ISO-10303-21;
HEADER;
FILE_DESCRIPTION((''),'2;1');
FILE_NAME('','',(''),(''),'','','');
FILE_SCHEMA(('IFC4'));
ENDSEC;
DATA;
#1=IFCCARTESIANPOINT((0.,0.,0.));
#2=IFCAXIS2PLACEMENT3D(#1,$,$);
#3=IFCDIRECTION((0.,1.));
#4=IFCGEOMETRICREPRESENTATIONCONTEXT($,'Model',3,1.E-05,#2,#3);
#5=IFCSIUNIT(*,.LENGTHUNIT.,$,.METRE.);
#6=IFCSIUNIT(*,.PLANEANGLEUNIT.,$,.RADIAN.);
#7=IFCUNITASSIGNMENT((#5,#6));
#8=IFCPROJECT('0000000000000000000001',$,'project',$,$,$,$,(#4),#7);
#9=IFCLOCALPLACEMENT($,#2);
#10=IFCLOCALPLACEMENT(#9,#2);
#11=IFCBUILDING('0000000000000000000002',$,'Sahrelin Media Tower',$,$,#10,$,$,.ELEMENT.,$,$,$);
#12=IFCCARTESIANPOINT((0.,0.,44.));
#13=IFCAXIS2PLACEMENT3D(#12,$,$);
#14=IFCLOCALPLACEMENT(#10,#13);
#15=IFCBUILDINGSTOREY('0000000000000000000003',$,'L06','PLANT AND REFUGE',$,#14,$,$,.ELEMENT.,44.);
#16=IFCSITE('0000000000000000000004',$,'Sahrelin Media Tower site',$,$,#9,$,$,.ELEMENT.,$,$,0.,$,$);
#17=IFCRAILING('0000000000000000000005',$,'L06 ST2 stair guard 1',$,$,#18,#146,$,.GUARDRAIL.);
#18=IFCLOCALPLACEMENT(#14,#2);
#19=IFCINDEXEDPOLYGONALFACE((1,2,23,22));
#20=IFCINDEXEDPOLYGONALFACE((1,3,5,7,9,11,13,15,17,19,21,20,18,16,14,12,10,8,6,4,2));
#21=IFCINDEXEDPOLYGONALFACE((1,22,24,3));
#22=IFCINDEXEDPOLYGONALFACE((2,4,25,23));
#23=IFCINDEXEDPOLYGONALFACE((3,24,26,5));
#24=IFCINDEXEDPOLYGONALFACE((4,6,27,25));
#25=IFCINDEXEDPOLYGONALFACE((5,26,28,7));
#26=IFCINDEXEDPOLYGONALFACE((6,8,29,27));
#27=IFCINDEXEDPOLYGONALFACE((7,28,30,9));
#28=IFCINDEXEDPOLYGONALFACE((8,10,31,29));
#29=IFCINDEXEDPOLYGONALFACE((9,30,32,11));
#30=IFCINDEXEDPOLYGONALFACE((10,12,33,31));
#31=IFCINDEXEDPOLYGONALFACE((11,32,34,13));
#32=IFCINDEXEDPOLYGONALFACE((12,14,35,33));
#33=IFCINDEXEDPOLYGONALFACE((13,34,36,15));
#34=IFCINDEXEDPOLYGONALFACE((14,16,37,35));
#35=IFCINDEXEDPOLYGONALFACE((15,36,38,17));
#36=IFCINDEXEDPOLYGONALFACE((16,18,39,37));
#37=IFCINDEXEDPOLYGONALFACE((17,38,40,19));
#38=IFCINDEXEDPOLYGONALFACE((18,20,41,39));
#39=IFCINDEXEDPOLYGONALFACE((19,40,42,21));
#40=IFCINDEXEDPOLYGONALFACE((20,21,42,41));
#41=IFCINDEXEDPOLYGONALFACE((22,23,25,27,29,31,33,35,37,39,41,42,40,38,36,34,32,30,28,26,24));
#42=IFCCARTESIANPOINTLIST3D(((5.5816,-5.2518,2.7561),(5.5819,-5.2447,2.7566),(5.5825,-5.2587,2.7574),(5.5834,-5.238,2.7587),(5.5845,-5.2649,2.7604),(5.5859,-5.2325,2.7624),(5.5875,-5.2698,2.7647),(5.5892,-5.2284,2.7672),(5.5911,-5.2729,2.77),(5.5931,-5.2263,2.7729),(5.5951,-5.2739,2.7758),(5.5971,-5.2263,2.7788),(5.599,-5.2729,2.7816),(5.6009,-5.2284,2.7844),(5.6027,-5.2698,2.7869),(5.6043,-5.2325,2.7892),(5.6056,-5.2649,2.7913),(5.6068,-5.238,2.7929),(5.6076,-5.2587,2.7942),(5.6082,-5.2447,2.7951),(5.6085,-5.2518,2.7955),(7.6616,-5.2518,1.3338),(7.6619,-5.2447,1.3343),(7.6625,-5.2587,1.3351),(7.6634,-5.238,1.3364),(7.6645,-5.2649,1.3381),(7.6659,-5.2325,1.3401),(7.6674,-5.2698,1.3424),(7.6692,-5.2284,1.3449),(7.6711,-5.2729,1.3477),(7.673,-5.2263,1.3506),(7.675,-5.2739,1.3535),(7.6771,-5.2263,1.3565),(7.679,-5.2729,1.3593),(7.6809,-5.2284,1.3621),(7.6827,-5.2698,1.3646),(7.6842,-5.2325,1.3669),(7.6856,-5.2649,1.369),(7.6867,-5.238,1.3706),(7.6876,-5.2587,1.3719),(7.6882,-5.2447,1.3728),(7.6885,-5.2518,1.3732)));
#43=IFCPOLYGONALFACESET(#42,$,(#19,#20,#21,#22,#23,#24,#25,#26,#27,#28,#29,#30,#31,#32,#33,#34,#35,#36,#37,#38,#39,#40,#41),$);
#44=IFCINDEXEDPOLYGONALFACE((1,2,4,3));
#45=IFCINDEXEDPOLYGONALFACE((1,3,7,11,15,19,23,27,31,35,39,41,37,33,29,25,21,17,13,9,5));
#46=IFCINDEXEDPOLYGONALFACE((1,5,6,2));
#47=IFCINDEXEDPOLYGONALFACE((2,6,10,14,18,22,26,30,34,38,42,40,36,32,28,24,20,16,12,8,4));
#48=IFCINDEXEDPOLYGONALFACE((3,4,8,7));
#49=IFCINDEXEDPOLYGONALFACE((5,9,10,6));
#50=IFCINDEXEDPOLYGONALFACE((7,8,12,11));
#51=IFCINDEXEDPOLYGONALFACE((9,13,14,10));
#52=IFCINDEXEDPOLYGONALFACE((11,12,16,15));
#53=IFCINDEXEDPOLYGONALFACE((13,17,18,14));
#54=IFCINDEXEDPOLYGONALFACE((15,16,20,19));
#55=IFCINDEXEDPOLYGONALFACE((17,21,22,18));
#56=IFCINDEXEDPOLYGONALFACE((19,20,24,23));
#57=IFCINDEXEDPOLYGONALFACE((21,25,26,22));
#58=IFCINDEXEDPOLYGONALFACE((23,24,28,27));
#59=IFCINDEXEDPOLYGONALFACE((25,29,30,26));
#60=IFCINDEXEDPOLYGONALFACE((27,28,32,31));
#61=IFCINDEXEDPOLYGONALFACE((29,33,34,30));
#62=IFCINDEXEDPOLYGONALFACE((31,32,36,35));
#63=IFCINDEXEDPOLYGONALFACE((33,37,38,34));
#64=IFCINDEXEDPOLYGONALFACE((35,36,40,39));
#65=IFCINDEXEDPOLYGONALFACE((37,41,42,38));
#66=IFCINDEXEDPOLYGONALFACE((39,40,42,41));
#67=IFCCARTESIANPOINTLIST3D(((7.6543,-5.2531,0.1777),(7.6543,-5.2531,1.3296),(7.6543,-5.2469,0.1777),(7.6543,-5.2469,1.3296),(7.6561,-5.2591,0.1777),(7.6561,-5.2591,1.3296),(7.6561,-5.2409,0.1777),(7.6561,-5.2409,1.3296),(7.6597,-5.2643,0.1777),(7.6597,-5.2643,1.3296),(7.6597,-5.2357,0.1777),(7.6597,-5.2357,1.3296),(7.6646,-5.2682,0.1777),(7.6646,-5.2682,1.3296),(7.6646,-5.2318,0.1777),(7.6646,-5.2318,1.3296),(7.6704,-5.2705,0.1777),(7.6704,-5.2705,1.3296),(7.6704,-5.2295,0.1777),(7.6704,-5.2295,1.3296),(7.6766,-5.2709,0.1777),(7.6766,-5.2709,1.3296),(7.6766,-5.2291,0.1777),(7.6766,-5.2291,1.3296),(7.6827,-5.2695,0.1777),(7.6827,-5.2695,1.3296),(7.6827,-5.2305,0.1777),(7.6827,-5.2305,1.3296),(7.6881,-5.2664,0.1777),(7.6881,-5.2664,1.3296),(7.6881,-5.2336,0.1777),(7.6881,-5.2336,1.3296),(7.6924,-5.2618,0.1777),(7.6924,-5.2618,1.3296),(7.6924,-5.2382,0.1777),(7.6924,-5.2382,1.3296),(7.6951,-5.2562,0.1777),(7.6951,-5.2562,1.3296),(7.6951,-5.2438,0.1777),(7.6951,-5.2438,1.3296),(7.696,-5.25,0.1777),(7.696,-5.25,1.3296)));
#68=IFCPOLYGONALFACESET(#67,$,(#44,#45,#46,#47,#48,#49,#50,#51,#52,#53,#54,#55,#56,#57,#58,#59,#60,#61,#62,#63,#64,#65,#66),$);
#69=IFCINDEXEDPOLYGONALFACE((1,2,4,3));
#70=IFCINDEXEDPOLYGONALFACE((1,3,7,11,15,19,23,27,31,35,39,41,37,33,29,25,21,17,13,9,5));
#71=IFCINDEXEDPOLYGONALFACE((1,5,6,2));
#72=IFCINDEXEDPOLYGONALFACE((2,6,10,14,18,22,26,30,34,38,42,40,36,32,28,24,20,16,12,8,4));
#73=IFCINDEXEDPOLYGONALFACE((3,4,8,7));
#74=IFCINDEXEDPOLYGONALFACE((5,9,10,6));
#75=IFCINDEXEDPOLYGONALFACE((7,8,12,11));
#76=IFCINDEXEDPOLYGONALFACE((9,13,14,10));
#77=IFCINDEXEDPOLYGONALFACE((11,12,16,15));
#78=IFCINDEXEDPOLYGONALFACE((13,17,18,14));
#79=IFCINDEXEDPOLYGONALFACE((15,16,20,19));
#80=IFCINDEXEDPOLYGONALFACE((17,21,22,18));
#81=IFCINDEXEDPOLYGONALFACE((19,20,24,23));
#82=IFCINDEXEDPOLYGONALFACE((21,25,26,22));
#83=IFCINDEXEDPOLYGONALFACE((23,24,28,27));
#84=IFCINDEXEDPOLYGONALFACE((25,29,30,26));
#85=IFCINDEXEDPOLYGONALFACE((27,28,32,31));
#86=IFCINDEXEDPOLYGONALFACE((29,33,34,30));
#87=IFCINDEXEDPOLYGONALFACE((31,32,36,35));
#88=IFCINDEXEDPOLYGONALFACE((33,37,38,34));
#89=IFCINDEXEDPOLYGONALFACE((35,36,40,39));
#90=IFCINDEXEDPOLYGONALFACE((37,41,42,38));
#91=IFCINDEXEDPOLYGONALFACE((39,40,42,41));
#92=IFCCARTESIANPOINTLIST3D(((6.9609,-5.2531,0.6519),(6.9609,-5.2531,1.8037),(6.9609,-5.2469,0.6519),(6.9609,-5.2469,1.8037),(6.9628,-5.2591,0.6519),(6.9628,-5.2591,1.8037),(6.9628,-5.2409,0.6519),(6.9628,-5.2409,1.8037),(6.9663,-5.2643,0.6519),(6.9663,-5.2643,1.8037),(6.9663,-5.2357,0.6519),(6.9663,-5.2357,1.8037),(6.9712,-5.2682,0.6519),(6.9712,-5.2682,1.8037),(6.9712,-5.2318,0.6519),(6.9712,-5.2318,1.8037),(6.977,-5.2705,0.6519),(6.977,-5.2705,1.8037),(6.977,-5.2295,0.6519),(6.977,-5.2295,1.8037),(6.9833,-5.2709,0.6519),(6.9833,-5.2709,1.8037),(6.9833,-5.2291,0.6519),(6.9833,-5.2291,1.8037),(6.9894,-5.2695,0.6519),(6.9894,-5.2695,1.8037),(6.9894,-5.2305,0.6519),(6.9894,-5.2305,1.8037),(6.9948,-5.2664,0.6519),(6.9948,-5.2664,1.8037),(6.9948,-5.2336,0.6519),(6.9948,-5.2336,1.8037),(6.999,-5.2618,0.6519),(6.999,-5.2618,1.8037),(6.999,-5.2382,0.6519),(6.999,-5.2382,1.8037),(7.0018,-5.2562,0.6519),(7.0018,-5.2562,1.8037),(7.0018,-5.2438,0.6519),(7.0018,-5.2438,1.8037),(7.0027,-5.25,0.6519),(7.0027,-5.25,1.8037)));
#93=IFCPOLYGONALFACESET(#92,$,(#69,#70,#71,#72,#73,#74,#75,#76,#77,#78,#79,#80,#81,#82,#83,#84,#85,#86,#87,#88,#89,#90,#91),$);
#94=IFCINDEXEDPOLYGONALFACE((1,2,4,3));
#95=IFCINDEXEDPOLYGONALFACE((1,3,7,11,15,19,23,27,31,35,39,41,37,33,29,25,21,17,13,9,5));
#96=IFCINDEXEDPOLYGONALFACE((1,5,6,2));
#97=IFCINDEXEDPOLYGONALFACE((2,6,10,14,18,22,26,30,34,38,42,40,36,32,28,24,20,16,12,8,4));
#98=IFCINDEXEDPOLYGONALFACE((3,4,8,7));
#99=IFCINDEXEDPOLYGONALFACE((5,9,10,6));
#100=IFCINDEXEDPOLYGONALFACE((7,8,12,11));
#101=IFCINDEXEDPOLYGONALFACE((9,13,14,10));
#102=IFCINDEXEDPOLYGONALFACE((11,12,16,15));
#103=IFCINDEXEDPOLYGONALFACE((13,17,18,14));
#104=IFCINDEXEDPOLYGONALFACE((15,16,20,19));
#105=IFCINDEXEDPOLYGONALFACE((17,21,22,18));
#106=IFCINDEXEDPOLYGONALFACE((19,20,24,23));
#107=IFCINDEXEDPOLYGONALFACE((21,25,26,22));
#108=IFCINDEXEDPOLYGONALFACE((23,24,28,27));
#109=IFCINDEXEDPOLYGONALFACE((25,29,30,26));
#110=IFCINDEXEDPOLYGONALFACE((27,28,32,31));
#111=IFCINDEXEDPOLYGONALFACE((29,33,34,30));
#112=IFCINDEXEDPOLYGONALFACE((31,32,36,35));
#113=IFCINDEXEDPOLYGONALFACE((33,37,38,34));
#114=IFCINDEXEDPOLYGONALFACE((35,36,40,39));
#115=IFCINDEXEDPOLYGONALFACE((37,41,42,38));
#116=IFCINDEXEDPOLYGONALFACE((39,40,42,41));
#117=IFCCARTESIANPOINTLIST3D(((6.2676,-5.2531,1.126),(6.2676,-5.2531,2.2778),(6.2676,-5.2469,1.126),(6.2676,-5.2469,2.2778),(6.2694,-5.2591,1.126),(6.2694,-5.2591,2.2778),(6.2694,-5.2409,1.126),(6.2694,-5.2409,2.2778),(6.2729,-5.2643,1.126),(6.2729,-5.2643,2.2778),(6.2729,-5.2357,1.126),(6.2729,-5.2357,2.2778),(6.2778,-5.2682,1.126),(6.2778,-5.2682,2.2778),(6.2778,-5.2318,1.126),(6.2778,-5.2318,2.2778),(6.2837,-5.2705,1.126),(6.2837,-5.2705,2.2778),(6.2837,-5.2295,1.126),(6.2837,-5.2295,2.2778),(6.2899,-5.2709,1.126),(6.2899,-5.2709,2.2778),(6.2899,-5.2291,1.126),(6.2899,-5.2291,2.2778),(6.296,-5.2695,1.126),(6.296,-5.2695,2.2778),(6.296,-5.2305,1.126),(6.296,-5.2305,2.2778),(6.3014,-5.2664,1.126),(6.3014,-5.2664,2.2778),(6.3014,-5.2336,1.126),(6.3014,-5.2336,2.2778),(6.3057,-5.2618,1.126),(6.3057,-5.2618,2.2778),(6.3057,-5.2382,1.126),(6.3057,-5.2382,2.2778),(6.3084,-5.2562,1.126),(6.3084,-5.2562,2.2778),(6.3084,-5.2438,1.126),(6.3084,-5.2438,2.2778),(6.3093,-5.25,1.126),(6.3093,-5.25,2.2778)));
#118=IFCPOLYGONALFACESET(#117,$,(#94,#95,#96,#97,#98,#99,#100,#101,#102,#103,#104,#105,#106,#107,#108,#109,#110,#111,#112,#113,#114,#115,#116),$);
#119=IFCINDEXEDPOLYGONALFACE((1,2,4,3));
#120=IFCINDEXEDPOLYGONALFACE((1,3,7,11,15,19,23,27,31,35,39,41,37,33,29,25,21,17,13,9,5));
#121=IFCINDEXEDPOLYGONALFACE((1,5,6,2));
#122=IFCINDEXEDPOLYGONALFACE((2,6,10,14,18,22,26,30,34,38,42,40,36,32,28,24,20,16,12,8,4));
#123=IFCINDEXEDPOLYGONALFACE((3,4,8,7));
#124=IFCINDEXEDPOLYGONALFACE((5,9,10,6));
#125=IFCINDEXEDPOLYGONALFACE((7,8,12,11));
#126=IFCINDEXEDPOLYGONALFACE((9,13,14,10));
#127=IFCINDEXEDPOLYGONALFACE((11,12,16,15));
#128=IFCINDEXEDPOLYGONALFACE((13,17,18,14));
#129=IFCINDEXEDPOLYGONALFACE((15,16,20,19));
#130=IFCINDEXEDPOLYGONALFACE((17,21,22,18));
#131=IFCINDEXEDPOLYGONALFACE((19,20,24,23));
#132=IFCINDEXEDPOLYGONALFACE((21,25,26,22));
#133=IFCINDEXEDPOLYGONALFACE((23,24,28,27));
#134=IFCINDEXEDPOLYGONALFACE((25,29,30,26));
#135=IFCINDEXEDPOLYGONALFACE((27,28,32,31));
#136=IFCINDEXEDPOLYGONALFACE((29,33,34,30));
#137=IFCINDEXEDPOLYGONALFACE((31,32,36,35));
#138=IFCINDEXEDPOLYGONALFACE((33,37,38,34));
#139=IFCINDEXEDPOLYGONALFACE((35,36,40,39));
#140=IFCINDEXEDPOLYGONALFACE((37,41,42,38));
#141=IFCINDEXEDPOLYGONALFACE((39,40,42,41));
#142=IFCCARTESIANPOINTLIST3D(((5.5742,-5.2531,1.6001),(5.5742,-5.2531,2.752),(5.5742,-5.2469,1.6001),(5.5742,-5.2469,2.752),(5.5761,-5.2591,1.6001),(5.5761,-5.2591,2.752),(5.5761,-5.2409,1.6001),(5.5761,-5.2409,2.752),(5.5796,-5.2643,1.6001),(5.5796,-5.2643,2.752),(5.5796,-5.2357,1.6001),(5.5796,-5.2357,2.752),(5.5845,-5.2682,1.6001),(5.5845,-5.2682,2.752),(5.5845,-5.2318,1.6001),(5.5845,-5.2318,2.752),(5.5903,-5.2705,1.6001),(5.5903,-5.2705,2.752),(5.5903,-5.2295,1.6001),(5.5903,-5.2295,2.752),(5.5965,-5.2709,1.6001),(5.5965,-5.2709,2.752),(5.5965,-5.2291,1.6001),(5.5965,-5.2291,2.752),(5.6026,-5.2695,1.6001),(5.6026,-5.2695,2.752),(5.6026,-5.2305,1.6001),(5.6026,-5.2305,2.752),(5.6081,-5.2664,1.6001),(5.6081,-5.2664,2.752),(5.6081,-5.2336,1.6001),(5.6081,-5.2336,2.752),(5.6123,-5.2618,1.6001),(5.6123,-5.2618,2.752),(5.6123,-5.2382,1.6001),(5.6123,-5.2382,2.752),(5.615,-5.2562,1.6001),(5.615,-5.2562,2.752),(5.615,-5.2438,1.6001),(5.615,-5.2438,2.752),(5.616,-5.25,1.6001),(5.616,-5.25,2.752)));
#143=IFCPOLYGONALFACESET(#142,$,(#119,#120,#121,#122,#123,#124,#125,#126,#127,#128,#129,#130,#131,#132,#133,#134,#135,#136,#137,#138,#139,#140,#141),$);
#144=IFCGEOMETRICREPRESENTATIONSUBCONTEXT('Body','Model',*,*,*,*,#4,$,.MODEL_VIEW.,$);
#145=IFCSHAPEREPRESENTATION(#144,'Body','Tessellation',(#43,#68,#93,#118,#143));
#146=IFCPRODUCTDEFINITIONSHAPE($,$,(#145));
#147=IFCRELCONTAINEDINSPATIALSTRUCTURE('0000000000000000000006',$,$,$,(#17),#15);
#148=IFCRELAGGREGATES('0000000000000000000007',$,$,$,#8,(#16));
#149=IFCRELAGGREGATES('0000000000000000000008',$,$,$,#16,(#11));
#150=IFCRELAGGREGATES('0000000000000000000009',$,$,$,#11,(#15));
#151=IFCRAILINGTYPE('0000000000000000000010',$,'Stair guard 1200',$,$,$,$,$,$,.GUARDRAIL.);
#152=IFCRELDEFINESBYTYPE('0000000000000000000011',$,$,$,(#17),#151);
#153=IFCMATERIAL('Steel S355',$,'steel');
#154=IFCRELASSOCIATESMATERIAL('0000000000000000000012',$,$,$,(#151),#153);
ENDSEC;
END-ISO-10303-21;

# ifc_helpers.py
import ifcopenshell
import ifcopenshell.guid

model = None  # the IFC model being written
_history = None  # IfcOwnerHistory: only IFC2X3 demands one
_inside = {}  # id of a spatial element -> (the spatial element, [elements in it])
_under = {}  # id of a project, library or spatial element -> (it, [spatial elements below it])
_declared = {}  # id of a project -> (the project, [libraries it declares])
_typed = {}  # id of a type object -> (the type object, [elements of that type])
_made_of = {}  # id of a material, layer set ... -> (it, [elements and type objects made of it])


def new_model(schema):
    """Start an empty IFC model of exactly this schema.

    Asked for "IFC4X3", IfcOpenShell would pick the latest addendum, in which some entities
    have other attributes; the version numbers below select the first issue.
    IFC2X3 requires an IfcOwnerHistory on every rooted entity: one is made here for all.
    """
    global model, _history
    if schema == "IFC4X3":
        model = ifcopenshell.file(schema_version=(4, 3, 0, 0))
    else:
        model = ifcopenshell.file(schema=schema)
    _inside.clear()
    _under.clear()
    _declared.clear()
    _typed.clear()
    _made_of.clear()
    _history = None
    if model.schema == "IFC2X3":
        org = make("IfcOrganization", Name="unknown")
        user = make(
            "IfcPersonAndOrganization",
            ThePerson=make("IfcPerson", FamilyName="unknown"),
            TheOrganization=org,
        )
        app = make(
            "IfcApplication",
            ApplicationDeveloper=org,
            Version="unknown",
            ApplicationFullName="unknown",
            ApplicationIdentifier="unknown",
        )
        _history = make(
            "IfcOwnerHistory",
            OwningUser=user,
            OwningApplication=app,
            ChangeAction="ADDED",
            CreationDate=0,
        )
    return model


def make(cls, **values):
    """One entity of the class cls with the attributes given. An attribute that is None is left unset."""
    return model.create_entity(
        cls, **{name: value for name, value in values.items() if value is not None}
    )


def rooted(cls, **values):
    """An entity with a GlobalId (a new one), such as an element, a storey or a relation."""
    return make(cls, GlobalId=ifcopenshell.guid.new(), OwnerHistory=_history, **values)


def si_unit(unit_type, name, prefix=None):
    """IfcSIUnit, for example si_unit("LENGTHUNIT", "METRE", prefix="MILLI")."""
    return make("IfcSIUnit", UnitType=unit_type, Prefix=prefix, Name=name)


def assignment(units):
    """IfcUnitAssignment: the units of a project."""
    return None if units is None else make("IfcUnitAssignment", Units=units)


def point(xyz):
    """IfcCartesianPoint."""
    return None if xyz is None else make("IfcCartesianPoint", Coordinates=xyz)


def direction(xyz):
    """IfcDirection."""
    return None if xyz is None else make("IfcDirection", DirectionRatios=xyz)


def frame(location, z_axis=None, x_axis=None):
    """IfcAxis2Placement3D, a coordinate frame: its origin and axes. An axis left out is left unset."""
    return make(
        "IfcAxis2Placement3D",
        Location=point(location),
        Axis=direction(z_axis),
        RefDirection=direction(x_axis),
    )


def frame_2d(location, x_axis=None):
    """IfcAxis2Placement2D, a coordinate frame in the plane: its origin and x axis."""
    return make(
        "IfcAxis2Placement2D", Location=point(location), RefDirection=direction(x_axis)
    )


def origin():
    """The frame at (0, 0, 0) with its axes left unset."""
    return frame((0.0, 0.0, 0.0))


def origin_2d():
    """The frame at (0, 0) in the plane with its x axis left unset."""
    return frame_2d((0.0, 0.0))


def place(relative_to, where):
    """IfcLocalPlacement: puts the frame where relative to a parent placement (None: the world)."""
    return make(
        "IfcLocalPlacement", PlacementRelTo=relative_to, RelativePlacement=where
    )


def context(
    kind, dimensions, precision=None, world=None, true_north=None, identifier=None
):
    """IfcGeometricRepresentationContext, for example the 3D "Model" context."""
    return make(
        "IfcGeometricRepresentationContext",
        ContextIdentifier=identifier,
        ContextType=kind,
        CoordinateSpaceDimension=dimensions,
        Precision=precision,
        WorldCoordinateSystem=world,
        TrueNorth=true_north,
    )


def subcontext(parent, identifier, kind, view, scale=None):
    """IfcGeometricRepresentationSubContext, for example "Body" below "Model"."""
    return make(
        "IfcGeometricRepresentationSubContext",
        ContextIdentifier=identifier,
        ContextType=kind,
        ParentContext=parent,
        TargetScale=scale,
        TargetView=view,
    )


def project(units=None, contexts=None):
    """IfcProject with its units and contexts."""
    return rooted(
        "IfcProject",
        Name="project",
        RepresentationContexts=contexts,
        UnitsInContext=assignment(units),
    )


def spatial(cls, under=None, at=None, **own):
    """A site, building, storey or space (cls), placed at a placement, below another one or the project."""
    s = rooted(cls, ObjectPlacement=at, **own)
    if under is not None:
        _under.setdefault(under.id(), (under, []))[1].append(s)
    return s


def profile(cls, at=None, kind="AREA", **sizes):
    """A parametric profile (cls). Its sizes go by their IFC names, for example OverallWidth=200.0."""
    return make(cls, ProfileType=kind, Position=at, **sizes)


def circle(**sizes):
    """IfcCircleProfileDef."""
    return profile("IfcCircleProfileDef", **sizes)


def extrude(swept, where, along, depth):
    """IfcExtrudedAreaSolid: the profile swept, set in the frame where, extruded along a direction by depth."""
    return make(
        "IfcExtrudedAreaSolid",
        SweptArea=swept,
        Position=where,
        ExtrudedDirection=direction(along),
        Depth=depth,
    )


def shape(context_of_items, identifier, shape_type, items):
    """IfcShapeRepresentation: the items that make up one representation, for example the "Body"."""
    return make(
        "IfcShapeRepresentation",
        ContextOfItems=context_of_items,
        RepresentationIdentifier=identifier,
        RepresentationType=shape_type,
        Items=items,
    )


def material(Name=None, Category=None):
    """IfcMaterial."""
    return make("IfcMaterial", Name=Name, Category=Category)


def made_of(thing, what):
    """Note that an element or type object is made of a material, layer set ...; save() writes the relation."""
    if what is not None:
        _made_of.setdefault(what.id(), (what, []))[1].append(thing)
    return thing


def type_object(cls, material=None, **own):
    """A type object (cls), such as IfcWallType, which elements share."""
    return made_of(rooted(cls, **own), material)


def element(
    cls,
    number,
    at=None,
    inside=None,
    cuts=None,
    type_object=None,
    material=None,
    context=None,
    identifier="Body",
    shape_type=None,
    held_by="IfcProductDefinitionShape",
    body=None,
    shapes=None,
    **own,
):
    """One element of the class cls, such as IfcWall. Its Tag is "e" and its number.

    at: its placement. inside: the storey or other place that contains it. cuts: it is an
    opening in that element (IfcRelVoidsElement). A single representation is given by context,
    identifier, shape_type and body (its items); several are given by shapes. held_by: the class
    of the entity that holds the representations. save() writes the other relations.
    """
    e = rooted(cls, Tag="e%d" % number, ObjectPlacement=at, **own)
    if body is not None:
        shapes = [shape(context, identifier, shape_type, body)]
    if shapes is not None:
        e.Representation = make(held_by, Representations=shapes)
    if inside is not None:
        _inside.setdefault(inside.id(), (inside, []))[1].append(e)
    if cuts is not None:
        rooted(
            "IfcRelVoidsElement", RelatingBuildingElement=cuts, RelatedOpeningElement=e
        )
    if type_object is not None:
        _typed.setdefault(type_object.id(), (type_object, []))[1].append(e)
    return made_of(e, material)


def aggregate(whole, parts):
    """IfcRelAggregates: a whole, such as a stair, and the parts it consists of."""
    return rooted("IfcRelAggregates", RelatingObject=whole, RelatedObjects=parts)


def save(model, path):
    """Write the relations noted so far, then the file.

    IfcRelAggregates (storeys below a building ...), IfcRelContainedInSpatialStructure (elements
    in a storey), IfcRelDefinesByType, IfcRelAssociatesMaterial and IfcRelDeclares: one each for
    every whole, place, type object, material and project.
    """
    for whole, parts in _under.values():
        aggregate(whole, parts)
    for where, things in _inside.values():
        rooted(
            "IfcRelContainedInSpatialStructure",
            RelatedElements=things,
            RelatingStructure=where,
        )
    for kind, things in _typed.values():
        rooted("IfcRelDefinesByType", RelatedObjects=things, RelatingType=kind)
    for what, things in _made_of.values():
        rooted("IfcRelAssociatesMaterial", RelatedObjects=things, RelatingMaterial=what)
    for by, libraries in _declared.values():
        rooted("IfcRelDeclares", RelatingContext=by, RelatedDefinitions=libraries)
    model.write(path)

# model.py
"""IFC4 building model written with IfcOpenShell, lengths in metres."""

from ifc_helpers import new_model, si_unit, direction, frame, origin, origin_2d, place, context, subcontext, project, spatial, circle, extrude, material, type_object, element, save


model = new_model("IFC4")

# Units and contexts
model_context = context("Model", 3, precision=1e-05, world=origin(), true_north=direction((0.0, 1.0)))
body_context = subcontext(model_context, "Body", "Model", "MODEL_VIEW")
ifc_project = project(units=[si_unit("LENGTHUNIT", "METRE"), si_unit("PLANEANGLEUNIT", "RADIAN")], contexts=[model_context])

# Site, building, storey
site_placement = place(None, origin())
site = spatial("IfcSite", under=ifc_project, at=site_placement, Name="Sahrelin Media Tower site", CompositionType="ELEMENT", RefElevation=0.0)
building_placement = place(site_placement, origin())
building = spatial("IfcBuilding", under=site, at=building_placement, Name="Sahrelin Media Tower", CompositionType="ELEMENT")
storey_placement = place(building_placement, frame((0.0, 0.0, 44.0)))
storey = spatial("IfcBuildingStorey", under=building, at=storey_placement, Name="L06", Description="PLANT AND REFUGE", CompositionType="ELEMENT", Elevation=44.0)

# Railing
ifc_material_1 = material(Name="Steel S355", Category="steel")
railing_type_1 = type_object("IfcRailingType", Name="Stair guard 1200", PredefinedType="GUARDRAIL", material=ifc_material_1)
for number, where, name in (
    (1, (7.675, -5.25, 0.1777), "L06 ST2 stair guard 1"),
):
    element("IfcRailing", number, at=place(storey_placement, frame(where)), inside=storey, type_object=railing_type_1, Name=name, PredefinedType="GUARDRAIL", context=body_context, shape_type="SweptSolid", body=[
        extrude(circle(Radius=0.0239, at=origin_2d()), frame((0.0, 0.0, 1.1758), z_axis=(-0.825464, 0.0, 0.564455), x_axis=(0.0, -1.0, 0.0)), (0.0, 0.0, 1.0), 2.5198),
        extrude(circle(Radius=0.021, at=origin_2d()), origin(), (0.0, 0.0, 1.0), 1.1519),
        extrude(circle(Radius=0.021, at=origin_2d()), frame((-0.6934, 0.0, 0.4741)), (0.0, 0.0, 1.0), 1.1519),
        extrude(circle(Radius=0.021, at=origin_2d()), frame((-1.3867, 0.0, 0.9482)), (0.0, 0.0, 1.0), 1.1519),
        extrude(circle(Radius=0.021, at=origin_2d()), frame((-2.0801, 0.0, 1.4224)), (0.0, 0.0, 1.0), 1.1519),
    ])

save(model, "model.ifc")
